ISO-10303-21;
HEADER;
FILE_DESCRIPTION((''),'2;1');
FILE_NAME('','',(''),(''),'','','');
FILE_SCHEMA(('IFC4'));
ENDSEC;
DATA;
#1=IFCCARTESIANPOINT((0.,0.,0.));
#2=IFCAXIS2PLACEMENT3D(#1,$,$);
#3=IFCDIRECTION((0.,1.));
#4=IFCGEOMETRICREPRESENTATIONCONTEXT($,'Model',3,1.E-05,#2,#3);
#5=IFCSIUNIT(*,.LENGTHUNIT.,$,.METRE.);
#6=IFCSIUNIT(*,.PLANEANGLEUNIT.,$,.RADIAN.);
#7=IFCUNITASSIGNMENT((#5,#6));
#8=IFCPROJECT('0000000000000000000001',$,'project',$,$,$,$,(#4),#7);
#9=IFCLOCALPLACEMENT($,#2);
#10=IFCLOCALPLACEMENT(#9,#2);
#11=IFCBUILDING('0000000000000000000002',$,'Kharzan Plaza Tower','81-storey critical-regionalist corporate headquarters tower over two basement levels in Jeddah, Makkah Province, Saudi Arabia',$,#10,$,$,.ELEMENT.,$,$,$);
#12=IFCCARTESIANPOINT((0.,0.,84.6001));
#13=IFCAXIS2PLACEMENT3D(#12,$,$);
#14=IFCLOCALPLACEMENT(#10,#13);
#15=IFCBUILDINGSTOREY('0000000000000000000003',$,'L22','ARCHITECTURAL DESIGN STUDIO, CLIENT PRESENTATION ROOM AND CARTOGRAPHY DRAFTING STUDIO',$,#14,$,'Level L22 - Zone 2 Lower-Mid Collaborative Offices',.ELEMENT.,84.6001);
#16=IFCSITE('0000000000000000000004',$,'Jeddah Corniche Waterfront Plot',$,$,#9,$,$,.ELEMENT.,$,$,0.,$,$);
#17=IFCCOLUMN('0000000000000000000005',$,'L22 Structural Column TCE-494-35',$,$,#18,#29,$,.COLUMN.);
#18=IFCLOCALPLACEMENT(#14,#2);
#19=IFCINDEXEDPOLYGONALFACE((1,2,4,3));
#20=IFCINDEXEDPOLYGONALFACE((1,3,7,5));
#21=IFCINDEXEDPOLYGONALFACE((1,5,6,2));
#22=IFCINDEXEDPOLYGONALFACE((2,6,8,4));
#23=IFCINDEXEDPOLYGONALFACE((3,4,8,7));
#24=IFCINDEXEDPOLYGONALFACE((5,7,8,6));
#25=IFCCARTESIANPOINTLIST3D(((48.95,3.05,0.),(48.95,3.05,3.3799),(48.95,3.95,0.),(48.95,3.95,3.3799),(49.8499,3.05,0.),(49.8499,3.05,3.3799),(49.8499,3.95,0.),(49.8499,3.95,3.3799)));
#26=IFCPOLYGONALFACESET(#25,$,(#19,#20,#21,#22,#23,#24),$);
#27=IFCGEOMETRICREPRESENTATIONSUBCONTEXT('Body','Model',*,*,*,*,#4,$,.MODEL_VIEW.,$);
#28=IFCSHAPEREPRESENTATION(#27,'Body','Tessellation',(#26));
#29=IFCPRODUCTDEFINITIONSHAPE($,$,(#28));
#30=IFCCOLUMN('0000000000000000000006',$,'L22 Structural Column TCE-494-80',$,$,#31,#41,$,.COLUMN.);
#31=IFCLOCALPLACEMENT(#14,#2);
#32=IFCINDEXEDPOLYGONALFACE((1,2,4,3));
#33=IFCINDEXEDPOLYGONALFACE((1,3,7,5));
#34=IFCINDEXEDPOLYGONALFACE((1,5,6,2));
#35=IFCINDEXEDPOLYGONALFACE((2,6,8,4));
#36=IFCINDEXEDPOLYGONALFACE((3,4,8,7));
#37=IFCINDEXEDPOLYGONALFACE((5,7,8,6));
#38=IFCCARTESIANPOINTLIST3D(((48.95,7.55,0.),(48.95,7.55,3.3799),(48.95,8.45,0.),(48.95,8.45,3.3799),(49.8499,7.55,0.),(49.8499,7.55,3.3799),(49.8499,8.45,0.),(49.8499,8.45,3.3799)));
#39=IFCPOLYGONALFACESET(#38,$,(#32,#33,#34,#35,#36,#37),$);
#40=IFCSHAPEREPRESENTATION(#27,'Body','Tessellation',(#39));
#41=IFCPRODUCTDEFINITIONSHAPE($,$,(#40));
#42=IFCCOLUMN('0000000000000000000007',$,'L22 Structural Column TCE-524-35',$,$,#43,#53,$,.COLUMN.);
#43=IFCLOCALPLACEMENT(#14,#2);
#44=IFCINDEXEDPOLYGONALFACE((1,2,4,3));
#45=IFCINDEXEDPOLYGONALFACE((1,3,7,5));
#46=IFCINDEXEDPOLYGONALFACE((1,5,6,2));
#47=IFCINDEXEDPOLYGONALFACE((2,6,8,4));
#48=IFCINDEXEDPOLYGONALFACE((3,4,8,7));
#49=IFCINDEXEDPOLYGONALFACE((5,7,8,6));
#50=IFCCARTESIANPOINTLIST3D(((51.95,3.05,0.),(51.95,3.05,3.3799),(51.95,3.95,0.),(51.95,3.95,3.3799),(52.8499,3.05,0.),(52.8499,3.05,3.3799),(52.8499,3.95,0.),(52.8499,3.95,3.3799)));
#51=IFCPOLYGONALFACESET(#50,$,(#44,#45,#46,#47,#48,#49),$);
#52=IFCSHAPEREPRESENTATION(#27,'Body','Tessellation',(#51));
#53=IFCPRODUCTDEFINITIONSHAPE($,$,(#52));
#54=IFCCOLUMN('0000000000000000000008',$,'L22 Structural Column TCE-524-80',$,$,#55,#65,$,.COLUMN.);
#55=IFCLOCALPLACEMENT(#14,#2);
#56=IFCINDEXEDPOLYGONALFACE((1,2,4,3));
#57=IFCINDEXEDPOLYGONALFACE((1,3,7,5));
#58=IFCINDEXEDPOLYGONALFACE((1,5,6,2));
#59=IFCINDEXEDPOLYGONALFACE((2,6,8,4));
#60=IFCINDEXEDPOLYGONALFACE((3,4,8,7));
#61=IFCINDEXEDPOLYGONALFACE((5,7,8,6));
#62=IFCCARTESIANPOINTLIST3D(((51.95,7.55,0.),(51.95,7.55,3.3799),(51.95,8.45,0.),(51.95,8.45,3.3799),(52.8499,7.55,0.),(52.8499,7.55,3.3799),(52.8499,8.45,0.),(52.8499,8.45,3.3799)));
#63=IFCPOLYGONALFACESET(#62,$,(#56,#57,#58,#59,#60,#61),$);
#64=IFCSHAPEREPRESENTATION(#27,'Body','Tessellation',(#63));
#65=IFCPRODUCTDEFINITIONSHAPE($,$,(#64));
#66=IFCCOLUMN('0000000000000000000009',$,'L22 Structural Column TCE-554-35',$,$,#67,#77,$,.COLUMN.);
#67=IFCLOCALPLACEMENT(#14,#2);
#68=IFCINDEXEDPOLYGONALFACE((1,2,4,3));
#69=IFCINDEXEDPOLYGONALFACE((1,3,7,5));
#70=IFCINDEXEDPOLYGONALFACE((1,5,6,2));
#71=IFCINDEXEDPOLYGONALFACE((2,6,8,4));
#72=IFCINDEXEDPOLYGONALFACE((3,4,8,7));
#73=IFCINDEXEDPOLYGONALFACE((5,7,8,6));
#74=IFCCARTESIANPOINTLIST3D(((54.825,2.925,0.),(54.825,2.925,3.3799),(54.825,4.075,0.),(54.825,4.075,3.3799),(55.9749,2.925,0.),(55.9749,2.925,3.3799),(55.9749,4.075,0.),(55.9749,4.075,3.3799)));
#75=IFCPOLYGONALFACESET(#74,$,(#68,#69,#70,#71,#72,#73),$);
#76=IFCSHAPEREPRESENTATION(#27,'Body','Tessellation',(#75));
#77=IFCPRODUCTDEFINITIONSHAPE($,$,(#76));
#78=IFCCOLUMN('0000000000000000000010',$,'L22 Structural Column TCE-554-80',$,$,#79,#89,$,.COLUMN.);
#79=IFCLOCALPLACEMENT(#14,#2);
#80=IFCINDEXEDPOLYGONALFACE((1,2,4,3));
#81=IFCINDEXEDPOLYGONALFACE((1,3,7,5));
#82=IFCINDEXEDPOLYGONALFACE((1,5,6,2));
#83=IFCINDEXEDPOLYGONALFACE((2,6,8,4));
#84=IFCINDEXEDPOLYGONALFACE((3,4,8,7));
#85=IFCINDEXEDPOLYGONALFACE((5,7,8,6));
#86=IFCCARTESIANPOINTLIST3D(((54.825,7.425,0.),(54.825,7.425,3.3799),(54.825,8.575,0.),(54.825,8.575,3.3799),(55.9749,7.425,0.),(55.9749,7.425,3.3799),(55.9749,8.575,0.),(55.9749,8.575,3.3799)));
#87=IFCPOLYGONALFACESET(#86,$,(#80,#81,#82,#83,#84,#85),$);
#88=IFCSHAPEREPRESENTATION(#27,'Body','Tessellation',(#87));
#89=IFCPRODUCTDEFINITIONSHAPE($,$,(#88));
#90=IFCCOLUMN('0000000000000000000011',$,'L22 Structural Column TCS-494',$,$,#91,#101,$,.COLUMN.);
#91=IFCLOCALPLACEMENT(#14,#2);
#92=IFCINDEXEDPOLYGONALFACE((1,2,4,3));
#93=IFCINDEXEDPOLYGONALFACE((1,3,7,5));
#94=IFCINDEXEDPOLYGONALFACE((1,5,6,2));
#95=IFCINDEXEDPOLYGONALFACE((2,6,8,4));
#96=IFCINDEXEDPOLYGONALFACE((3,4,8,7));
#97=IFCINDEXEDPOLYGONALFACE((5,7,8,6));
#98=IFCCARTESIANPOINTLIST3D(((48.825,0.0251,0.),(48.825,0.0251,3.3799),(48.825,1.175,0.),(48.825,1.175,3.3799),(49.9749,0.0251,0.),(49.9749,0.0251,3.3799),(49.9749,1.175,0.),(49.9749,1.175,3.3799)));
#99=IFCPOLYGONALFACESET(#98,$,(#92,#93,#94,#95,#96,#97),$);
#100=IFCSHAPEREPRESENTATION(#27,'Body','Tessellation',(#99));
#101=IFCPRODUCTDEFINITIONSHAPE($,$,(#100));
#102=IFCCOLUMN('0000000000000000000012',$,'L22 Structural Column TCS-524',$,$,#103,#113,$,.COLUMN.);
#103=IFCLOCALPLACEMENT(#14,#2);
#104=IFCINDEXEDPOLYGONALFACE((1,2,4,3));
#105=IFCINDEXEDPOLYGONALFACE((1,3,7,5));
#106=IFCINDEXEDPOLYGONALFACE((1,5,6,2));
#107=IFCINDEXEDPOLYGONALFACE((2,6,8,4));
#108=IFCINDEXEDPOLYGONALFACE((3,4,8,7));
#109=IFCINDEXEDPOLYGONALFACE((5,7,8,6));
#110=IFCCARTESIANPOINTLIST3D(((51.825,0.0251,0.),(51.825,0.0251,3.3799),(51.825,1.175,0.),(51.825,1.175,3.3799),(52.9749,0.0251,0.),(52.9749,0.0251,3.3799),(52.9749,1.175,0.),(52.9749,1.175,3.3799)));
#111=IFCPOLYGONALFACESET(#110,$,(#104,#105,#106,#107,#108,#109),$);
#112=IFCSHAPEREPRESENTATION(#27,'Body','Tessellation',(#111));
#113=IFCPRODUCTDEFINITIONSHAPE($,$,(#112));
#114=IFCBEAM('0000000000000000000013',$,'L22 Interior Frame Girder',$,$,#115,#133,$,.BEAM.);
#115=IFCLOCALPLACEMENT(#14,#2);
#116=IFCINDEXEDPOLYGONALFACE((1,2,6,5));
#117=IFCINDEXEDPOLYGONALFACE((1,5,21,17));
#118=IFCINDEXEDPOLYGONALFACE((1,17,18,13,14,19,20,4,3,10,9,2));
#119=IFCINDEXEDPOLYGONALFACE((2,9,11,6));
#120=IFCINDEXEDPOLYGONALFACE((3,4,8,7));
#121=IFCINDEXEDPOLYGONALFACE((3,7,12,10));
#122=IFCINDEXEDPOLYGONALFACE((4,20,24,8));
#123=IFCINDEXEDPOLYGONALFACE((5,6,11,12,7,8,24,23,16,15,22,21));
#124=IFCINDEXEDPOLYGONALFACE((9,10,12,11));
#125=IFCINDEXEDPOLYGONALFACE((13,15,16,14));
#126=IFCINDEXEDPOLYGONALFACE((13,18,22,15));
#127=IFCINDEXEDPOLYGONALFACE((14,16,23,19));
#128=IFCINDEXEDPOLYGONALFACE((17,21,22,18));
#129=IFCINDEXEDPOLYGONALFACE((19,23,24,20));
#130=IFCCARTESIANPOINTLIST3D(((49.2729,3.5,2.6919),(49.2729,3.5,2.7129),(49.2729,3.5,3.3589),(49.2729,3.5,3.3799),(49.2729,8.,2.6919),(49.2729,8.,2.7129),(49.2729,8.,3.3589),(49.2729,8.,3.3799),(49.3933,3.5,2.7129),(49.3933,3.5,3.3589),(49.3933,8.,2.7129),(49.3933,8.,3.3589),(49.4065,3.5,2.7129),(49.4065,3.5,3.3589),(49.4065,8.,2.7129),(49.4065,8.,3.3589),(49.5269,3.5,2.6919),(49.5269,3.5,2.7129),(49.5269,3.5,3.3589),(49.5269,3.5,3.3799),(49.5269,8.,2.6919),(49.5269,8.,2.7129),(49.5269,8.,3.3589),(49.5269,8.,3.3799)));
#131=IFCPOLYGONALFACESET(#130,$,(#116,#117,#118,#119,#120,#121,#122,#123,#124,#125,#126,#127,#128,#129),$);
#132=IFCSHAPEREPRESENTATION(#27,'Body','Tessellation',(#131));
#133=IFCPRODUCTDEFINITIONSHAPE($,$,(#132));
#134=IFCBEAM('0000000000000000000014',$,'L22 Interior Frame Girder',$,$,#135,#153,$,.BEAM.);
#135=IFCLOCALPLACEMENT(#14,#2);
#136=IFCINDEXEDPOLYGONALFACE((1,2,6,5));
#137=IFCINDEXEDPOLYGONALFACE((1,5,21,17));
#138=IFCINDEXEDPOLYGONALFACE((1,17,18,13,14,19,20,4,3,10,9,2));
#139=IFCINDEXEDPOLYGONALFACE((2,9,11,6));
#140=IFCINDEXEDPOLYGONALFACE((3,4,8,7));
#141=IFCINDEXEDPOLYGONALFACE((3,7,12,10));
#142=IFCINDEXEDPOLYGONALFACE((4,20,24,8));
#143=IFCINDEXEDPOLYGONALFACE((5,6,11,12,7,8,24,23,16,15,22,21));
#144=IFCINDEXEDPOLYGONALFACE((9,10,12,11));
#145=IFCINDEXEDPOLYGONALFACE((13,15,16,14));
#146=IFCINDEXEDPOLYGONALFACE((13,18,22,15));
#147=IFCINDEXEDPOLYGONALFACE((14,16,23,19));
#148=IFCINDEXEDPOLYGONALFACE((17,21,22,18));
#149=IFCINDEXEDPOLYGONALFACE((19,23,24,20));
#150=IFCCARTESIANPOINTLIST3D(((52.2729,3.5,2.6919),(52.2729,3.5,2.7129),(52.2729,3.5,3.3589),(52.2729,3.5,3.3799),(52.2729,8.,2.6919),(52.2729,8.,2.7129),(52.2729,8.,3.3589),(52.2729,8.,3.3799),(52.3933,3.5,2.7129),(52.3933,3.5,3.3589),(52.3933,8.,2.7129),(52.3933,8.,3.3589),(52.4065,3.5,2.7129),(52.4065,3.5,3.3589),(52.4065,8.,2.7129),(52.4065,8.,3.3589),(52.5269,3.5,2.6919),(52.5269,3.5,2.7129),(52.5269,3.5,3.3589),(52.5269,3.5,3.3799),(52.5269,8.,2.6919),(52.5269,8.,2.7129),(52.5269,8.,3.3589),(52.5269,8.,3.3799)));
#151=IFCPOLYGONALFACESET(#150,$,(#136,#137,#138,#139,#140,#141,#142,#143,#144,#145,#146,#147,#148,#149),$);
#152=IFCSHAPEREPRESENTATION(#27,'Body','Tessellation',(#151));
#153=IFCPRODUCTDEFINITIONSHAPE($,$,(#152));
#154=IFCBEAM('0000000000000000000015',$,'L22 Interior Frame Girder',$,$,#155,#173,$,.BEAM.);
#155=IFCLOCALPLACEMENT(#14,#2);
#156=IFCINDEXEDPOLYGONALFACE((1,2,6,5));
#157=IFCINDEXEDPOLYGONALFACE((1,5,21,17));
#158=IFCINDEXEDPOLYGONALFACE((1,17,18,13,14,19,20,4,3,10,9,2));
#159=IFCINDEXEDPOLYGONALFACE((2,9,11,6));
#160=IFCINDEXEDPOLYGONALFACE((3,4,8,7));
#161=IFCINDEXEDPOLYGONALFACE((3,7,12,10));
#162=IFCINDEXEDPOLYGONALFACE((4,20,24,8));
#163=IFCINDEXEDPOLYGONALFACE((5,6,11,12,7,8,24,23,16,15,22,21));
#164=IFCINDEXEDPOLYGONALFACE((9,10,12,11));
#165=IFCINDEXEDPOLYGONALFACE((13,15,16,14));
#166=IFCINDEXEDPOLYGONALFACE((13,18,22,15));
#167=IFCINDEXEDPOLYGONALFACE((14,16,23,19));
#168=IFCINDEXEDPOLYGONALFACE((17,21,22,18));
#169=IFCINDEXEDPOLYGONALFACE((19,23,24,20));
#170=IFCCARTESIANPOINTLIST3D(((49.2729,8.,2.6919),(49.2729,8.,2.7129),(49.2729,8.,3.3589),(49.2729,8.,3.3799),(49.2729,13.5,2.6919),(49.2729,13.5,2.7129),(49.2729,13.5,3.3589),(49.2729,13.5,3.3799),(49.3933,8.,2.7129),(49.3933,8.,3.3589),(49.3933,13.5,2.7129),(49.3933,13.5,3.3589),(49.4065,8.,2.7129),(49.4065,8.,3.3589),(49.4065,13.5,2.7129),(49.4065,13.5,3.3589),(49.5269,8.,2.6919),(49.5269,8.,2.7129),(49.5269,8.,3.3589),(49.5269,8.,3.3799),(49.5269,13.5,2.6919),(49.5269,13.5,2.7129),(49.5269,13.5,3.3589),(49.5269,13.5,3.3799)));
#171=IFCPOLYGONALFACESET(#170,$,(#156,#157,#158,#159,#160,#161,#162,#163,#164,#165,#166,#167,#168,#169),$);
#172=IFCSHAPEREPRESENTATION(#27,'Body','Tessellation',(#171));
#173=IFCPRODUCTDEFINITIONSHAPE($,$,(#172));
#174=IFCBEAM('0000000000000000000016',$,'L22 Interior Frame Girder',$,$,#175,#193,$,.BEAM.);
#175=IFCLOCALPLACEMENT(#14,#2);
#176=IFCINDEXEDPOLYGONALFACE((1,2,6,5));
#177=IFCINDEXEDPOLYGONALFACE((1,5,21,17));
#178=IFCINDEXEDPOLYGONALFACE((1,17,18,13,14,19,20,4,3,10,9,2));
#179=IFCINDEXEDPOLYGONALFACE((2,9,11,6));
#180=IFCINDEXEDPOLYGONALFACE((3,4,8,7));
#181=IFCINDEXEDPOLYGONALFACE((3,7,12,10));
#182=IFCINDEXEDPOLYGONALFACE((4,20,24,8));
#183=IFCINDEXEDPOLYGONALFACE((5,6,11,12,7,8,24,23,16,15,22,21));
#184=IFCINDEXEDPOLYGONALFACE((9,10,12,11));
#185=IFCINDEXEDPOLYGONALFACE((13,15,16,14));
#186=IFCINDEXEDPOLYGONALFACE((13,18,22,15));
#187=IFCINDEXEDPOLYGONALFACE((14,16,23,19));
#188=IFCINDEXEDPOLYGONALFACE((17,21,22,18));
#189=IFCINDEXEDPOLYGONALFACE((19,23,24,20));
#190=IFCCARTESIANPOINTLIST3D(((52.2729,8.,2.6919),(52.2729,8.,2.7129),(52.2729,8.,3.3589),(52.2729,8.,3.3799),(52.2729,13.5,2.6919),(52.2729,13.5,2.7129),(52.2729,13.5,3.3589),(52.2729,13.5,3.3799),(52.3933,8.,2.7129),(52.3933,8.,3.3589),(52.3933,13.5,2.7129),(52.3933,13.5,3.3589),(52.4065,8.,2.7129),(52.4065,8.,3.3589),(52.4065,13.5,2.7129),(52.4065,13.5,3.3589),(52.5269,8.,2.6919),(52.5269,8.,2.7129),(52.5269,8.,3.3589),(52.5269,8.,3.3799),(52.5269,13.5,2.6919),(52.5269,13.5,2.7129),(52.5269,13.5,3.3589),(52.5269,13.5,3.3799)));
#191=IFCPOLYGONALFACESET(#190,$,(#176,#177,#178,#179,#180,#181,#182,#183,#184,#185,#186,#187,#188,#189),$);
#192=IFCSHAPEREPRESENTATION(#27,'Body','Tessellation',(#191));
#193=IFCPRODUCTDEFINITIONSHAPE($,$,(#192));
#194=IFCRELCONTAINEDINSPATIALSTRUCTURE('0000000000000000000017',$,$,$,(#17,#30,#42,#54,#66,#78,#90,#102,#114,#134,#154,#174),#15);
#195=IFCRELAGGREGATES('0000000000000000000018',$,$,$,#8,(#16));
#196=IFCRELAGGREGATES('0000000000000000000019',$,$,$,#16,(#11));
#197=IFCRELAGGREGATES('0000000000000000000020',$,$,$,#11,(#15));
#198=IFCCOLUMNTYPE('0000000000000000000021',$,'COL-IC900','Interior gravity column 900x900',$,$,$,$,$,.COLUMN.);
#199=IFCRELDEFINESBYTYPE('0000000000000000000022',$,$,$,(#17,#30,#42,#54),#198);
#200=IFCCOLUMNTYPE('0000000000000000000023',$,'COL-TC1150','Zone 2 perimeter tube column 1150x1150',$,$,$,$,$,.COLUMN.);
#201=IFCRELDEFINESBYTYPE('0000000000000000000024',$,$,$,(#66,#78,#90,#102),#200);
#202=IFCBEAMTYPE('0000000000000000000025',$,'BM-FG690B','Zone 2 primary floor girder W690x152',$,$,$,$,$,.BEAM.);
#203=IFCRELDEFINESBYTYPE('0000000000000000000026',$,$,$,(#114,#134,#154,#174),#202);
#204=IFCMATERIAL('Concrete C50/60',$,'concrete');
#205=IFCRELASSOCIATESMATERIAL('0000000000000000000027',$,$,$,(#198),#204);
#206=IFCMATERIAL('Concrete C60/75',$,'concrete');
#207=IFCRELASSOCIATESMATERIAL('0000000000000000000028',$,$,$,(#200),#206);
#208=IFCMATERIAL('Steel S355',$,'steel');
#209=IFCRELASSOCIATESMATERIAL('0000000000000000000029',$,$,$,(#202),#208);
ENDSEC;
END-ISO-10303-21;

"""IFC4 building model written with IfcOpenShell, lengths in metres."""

from ifc_helpers import new_model, si_unit, direction, frame, origin, origin_2d, place, context, subcontext, project, spatial, rectangle, i_section, extrude, source, transform, mapped, material, material_profile, profile_set, type_object, element, save


model = new_model("IFC4")

# Units and contexts
model_context = context("Model", 3, precision=1e-05, world=origin(), true_north=direction((0.0, 1.0)))
body_context = subcontext(model_context, "Body", "Model", "MODEL_VIEW")
ifc_project = project(units=[si_unit("LENGTHUNIT", "METRE"), si_unit("PLANEANGLEUNIT", "RADIAN")], contexts=[model_context])

# Site, building, storey
site_placement = place(None, origin())
site = spatial("IfcSite", under=ifc_project, at=site_placement, Name="Jeddah Corniche Waterfront Plot", CompositionType="ELEMENT", RefElevation=0.0)
building_placement = place(site_placement, origin())
building = spatial("IfcBuilding", under=site, at=building_placement, Name="Kharzan Plaza Tower", Description="81-storey critical-regionalist corporate headquarters tower over two basement levels in Jeddah, Makkah Province, Saudi Arabia", CompositionType="ELEMENT")
storey_placement = place(building_placement, frame((0.0, 0.0, 84.6001)))
storey = spatial("IfcBuildingStorey", under=building, at=storey_placement, Name="L22", Description="ARCHITECTURAL DESIGN STUDIO, CLIENT PRESENTATION ROOM AND CARTOGRAPHY DRAFTING STUDIO", LongName="Level L22 - Zone 2 Lower-Mid Collaborative Offices", CompositionType="ELEMENT", Elevation=84.6001)

# Columns
ifc_material_1 = material(Name="Concrete C50/60", Category="concrete")
ifc_material_profile_1 = material_profile(ifc_material_1, rectangle(XDim=0.8999, YDim=0.8999, at=origin_2d()), Name="RC-IC900x900")
ifc_profile_set_1 = profile_set([ifc_material_profile_1], Name="Concrete C50/60")
column_type_1 = type_object("IfcColumnType", Name="COL-IC900", Description="Interior gravity column 900x900", PredefinedType="COLUMN", material=ifc_profile_set_1)
shared_shape_1 = source(origin(), body_context, "Body", "SweptSolid", [
    extrude(rectangle(XDim=0.8999, YDim=0.8999, at=origin_2d()), origin(), (0.0, 0.0, 1.0), 3.3799),
])
for number, where, z_axis, x_axis, name in (
    (1, (49.3999, 3.5, 0.0), (0.0, 0.0, 1.0), (1.0, 0.0, 0.0), "L22 Structural Column TCE-494-35"),
    (2, (49.3999, 8.0, 0.0), (0.0, 0.0, 1.0), (1.0, 0.0, 0.0), "L22 Structural Column TCE-494-80"),
    (3, (52.3999, 3.5, 0.0), (0.0, 0.0, 1.0), (1.0, 0.0, 0.0), "L22 Structural Column TCE-524-35"),
    (4, (52.3999, 8.0, 0.0), (0.0, 0.0, 1.0), (1.0, 0.0, 0.0), "L22 Structural Column TCE-524-80"),
):
    element("IfcColumn", number, at=place(storey_placement, frame(where, z_axis=z_axis, x_axis=x_axis)), inside=storey, type_object=column_type_1, Name=name, PredefinedType="COLUMN", context=body_context, shape_type="MappedRepresentation", body=[
        mapped(shared_shape_1, transform((0.0, 0.0, 0.0), x_axis=(1.0, 0.0, 0.0), y_axis=(0.0, 1.0, 0.0), z_axis=(0.0, 0.0, 1.0))),
    ])
ifc_material_2 = material(Name="Concrete C60/75", Category="concrete")
ifc_material_profile_2 = material_profile(ifc_material_2, rectangle(XDim=1.1499, YDim=1.1499, at=origin_2d()), Name="RC-TC1150x1150")
ifc_profile_set_2 = profile_set([ifc_material_profile_2], Name="Concrete C60/75")
column_type_2 = type_object("IfcColumnType", Name="COL-TC1150", Description="Zone 2 perimeter tube column 1150x1150", PredefinedType="COLUMN", material=ifc_profile_set_2)
shared_shape_2 = source(origin(), body_context, "Body", "SweptSolid", [
    extrude(rectangle(XDim=1.1499, YDim=1.1499, at=origin_2d()), origin(), (0.0, 0.0, 1.0), 3.3799),
])
for number, where, z_axis, x_axis, name in (
    (5, (55.3999, 3.5, 0.0), (0.0, 0.0, 1.0), (1.0, 0.0, 0.0), "L22 Structural Column TCE-554-35"),
    (6, (55.3999, 8.0, 0.0), (0.0, 0.0, 1.0), (1.0, 0.0, 0.0), "L22 Structural Column TCE-554-80"),
    (7, (49.3999, 0.6001, 0.0), (0.0, 0.0, 1.0), (1.0, 0.0, 0.0), "L22 Structural Column TCS-494"),
    (8, (52.3999, 0.6001, 0.0), (0.0, 0.0, 1.0), (1.0, 0.0, 0.0), "L22 Structural Column TCS-524"),
):
    element("IfcColumn", number, at=place(storey_placement, frame(where, z_axis=z_axis, x_axis=x_axis)), inside=storey, type_object=column_type_2, Name=name, PredefinedType="COLUMN", context=body_context, shape_type="MappedRepresentation", body=[
        mapped(shared_shape_2, transform((0.0, 0.0, 0.0), x_axis=(1.0, 0.0, 0.0), y_axis=(0.0, 1.0, 0.0), z_axis=(0.0, 0.0, 1.0))),
    ])

# Beams
ifc_material_3 = material(Name="Steel S355", Category="steel")
ifc_material_profile_3 = material_profile(ifc_material_3, i_section(OverallWidth=0.2539, OverallDepth=0.688, WebThickness=0.0132, FlangeThickness=0.021, at=origin_2d()), Name="W690x152")
ifc_profile_set_3 = profile_set([ifc_material_profile_3], Name="Steel S355")
beam_type_1 = type_object("IfcBeamType", Name="BM-FG690B", Description="Zone 2 primary floor girder W690x152", PredefinedType="BEAM", material=ifc_profile_set_3)
shared_shape_3 = source(origin(), body_context, "Body", "SweptSolid", [
    extrude(i_section(OverallWidth=0.2539, OverallDepth=0.688, WebThickness=0.0132, FlangeThickness=0.021, at=origin_2d()), origin(), (0.0, 0.0, 1.0), 4.5),
])
for number, where, z_axis, x_axis, name in (
    (9, (49.3999, 3.5, 3.0359), (0.0, 1.0, 0.0), (-1.0, 0.0, 0.0), "L22 Interior Frame Girder"),
    (10, (52.3999, 3.5, 3.0359), (0.0, 1.0, 0.0), (-1.0, 0.0, 0.0), "L22 Interior Frame Girder"),
):
    element("IfcBeam", number, at=place(storey_placement, frame(where, z_axis=z_axis, x_axis=x_axis)), inside=storey, type_object=beam_type_1, Name=name, PredefinedType="BEAM", context=body_context, shape_type="MappedRepresentation", body=[
        mapped(shared_shape_3, transform((0.0, 0.0, 0.0), x_axis=(1.0, 0.0, 0.0), y_axis=(0.0, 1.0, 0.0), z_axis=(0.0, 0.0, 1.0))),
    ])
shared_shape_4 = source(origin(), body_context, "Body", "SweptSolid", [
    extrude(i_section(OverallWidth=0.2539, OverallDepth=0.688, WebThickness=0.0132, FlangeThickness=0.021, at=origin_2d()), origin(), (0.0, 0.0, 1.0), 5.5),
])
for number, where, z_axis, x_axis, name in (
    (11, (49.3999, 8.0, 3.0359), (0.0, 1.0, 0.0), (-1.0, 0.0, 0.0), "L22 Interior Frame Girder"),
    (12, (52.3999, 8.0, 3.0359), (0.0, 1.0, 0.0), (-1.0, 0.0, 0.0), "L22 Interior Frame Girder"),
):
    element("IfcBeam", number, at=place(storey_placement, frame(where, z_axis=z_axis, x_axis=x_axis)), inside=storey, type_object=beam_type_1, Name=name, PredefinedType="BEAM", context=body_context, shape_type="MappedRepresentation", body=[
        mapped(shared_shape_4, transform((0.0, 0.0, 0.0), x_axis=(1.0, 0.0, 0.0), y_axis=(0.0, 1.0, 0.0), z_axis=(0.0, 0.0, 1.0))),
    ])

save(model, "model.ifc")
